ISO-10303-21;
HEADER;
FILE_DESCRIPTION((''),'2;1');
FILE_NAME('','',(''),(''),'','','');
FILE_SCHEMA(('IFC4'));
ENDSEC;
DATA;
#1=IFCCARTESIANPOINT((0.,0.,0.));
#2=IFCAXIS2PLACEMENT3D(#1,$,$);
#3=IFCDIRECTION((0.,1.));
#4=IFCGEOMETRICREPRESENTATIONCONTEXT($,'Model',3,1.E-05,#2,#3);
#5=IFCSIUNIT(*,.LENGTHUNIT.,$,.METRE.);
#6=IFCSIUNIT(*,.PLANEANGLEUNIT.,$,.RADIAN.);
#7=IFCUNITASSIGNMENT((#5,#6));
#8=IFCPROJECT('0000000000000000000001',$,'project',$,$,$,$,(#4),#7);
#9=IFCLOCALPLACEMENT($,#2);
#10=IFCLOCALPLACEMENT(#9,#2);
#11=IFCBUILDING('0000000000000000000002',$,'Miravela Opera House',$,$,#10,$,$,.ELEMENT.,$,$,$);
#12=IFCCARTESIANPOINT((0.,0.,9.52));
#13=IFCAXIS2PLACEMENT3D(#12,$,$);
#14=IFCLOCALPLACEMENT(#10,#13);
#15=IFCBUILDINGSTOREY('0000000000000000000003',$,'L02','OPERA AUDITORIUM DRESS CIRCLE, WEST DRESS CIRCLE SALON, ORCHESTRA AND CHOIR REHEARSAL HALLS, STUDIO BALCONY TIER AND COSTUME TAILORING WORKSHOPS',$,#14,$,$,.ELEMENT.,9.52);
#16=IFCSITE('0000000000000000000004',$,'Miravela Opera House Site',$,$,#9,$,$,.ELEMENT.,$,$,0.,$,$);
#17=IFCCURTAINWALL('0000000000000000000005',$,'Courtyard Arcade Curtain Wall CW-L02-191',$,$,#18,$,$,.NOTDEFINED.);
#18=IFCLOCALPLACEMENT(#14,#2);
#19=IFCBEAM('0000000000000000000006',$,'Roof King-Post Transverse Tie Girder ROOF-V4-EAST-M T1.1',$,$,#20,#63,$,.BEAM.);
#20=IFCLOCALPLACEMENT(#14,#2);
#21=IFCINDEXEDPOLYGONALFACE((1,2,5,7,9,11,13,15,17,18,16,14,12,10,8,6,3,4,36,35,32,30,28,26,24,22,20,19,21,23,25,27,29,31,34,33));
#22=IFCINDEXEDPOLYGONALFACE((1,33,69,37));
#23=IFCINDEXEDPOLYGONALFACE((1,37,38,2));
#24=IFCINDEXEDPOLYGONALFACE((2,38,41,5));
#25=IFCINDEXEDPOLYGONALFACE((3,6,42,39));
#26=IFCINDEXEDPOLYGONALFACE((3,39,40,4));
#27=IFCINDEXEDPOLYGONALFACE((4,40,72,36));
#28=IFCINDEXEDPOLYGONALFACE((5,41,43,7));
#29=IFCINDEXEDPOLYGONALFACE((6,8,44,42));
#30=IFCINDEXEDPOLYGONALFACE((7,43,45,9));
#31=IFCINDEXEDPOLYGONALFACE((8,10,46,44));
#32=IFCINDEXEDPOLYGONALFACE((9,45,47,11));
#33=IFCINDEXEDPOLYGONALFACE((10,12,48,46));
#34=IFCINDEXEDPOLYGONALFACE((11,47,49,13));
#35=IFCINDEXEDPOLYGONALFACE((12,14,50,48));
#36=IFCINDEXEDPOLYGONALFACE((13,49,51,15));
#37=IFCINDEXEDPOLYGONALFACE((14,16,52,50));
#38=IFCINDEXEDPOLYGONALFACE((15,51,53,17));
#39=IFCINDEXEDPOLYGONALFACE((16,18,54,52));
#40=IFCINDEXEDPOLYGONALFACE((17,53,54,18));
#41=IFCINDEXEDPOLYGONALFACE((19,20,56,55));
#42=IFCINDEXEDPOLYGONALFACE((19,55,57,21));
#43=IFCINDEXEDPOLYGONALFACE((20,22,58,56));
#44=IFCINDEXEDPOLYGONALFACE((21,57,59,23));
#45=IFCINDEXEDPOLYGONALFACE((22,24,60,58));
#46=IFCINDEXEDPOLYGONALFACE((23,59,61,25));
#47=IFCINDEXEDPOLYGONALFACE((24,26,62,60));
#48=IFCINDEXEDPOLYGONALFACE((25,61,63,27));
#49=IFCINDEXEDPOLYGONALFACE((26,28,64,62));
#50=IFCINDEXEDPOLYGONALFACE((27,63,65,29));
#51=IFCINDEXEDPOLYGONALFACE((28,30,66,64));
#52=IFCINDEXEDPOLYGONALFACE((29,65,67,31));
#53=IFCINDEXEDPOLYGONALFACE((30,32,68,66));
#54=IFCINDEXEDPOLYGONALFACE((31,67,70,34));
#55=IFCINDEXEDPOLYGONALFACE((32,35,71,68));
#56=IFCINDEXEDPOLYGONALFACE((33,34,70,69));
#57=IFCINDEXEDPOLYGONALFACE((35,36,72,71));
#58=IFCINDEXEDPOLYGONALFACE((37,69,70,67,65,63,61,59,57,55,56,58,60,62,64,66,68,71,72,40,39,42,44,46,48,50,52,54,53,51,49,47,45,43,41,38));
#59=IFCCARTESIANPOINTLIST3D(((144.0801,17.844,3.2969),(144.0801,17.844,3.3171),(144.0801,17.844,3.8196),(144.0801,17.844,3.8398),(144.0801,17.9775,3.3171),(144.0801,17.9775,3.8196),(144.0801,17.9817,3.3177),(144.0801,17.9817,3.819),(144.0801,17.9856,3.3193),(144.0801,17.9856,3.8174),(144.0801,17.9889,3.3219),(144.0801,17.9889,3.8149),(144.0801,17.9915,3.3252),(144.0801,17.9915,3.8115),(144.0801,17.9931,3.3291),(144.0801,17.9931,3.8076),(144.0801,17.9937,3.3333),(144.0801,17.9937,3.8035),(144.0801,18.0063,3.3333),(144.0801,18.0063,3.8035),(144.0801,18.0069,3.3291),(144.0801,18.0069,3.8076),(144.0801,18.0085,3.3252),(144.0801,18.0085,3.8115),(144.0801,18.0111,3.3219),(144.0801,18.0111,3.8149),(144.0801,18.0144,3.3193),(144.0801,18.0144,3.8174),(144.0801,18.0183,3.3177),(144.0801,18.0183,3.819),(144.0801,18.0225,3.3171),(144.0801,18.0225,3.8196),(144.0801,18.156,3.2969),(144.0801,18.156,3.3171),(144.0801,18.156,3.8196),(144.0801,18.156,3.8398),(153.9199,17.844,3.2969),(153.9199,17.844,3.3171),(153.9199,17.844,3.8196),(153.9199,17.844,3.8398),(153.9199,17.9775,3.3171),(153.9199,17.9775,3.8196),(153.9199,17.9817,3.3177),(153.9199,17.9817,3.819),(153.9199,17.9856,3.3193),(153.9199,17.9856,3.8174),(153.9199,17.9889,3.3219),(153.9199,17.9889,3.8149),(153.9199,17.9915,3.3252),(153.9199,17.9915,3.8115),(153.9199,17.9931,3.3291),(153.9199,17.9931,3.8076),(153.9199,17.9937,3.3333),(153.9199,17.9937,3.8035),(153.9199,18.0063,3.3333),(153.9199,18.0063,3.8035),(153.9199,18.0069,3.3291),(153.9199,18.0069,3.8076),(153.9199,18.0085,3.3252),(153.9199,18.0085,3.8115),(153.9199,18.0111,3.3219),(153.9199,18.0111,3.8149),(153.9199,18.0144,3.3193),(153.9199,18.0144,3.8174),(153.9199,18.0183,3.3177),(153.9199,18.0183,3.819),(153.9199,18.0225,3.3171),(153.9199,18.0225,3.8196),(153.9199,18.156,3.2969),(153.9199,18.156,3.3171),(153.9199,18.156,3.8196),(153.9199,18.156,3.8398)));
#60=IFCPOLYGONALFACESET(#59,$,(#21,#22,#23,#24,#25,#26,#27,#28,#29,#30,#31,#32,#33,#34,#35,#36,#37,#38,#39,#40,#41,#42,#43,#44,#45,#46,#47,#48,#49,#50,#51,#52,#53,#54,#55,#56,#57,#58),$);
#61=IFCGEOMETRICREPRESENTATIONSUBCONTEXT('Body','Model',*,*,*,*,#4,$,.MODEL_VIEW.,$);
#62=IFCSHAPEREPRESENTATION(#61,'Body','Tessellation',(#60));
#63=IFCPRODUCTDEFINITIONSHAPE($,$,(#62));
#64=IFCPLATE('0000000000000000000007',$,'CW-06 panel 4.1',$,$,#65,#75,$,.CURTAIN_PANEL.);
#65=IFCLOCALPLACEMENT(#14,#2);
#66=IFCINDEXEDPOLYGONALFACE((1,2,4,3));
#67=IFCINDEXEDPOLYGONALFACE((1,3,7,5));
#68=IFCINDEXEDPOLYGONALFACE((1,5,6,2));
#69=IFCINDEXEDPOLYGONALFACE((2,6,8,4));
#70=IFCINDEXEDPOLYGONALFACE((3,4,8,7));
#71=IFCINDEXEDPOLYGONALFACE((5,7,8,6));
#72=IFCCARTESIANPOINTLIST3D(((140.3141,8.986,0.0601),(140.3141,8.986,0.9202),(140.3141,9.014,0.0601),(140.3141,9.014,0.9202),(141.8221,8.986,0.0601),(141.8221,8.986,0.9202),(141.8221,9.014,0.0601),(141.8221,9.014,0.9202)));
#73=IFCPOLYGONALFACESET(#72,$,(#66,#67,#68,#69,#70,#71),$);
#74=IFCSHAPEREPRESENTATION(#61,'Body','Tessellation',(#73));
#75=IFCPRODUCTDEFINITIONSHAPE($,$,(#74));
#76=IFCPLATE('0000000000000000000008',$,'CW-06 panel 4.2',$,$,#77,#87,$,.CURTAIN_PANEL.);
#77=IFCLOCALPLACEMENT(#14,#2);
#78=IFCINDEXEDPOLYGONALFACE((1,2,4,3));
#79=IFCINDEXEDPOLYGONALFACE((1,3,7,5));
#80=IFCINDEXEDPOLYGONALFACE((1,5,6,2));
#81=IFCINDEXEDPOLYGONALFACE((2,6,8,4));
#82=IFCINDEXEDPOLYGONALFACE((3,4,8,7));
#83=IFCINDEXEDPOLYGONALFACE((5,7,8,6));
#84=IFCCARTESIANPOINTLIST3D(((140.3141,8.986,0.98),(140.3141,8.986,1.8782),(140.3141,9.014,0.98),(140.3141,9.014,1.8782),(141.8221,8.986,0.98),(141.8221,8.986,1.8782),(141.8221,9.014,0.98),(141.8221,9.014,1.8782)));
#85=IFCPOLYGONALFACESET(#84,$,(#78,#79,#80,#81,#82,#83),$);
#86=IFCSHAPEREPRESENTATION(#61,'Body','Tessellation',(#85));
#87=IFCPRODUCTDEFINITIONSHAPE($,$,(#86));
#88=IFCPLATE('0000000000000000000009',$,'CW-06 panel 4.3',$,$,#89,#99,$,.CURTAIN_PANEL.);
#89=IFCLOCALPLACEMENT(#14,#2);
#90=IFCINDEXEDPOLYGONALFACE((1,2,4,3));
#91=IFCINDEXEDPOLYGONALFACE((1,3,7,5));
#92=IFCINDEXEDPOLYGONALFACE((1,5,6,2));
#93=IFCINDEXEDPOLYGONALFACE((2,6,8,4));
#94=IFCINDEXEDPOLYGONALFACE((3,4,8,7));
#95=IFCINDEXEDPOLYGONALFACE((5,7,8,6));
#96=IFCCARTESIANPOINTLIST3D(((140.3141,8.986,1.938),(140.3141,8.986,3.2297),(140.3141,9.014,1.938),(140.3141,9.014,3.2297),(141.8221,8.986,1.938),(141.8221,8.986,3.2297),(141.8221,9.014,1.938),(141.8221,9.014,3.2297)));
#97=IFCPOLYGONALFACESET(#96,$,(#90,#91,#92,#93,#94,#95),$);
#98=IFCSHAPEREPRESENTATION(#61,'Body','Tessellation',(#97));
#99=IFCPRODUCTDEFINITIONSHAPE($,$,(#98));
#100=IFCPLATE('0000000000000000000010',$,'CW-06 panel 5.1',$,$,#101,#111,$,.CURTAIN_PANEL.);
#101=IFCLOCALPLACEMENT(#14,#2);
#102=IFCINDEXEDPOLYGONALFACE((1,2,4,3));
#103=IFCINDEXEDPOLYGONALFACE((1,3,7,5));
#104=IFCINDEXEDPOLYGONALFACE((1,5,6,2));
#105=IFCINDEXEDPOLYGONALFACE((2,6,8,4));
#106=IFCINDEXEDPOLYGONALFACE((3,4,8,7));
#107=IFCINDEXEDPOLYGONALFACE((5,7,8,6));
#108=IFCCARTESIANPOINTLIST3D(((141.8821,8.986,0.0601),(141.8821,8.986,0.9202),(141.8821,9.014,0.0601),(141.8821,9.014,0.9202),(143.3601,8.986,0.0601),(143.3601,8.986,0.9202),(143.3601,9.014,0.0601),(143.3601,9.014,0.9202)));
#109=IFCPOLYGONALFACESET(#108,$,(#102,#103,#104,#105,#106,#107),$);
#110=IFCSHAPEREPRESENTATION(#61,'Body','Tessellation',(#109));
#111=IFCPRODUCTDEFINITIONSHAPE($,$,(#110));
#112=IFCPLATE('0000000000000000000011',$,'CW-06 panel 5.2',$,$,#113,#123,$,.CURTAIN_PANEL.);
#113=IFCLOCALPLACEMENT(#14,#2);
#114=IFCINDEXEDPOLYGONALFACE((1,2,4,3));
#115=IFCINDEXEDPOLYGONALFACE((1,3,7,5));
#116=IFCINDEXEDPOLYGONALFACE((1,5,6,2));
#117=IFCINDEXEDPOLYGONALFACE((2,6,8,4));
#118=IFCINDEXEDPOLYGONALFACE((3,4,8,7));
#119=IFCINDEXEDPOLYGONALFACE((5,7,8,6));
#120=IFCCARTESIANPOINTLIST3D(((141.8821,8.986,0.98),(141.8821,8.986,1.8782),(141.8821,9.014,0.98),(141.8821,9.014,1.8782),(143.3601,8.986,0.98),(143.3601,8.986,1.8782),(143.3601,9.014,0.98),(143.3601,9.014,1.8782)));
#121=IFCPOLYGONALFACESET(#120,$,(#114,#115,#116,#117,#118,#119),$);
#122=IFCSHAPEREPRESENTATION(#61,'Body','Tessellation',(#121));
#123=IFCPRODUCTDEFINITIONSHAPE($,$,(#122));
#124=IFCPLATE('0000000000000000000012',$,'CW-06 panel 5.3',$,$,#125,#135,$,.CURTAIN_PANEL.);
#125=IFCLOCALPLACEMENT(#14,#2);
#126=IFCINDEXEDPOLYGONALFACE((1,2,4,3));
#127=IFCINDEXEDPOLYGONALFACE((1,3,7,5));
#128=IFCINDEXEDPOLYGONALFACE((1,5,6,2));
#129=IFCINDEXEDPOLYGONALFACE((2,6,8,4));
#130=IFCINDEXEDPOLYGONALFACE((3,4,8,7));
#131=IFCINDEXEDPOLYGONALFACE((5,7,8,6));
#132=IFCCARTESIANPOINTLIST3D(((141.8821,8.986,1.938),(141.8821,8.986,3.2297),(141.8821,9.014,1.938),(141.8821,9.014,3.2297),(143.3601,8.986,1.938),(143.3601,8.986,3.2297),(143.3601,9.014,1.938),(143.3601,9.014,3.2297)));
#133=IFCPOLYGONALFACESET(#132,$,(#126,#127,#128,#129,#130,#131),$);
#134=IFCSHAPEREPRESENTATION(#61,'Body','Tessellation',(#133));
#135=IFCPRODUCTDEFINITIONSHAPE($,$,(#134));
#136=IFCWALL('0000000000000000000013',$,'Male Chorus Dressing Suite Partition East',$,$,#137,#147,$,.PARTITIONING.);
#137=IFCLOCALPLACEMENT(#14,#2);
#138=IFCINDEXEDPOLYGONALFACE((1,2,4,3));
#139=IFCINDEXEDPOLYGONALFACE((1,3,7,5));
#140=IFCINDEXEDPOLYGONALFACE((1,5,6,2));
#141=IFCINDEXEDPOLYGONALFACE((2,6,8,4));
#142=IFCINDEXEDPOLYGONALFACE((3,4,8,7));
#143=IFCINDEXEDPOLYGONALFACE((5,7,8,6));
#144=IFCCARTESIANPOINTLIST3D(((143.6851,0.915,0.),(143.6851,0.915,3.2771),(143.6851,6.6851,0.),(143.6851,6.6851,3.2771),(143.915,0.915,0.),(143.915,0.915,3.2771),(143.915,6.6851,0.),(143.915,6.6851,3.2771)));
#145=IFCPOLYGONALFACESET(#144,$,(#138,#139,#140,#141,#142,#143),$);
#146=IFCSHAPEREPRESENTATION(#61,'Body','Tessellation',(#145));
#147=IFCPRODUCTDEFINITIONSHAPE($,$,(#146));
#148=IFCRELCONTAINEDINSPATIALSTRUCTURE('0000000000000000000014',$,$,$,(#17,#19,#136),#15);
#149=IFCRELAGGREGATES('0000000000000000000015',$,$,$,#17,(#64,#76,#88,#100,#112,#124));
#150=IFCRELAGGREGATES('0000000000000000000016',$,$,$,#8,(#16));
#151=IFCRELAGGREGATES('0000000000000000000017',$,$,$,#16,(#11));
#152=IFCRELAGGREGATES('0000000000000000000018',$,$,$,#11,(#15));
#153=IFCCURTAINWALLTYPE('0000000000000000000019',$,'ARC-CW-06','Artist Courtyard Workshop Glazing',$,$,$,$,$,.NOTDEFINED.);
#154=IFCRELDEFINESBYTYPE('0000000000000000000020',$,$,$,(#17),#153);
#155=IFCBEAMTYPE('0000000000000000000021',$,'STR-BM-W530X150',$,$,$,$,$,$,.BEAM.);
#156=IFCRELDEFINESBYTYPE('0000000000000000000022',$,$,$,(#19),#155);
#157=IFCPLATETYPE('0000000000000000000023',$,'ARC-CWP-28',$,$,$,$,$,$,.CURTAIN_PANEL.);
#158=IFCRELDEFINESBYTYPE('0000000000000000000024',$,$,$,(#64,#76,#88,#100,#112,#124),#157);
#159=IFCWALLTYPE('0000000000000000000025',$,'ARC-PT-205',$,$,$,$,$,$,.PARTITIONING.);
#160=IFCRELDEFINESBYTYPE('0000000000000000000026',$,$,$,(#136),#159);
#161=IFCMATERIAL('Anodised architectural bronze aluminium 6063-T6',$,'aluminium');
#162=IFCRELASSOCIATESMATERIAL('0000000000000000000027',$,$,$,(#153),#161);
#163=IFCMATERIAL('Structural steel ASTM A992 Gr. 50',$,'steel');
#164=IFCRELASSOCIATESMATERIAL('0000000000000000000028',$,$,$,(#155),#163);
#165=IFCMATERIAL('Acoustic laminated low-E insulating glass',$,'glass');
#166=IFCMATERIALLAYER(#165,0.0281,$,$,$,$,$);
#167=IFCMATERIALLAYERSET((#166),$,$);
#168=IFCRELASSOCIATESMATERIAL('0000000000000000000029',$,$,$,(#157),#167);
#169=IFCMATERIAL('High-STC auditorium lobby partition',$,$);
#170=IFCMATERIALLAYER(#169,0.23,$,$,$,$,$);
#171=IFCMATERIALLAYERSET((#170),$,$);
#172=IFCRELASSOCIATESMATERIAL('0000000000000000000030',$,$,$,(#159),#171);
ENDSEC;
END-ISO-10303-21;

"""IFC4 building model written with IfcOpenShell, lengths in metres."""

from ifc_helpers import new_model, si_unit, direction, frame, frame_2d, origin, origin_2d, place, context, subcontext, project, spatial, rectangle, i_section, extrude, material, layer, layer_set, material_profile, profile_set, type_object, element, aggregate, save


model = new_model("IFC4")

# Units and contexts
model_context = context("Model", 3, precision=1e-05, world=origin(), true_north=direction((0.0, 1.0)))
body_context = subcontext(model_context, "Body", "Model", "MODEL_VIEW")
ifc_project = project(units=[si_unit("LENGTHUNIT", "METRE"), si_unit("PLANEANGLEUNIT", "RADIAN")], contexts=[model_context])

# Site, building, storey
site_placement = place(None, origin())
site = spatial("IfcSite", under=ifc_project, at=site_placement, Name="Miravela Opera House Site", CompositionType="ELEMENT", RefElevation=0.0)
building_placement = place(site_placement, origin())
building = spatial("IfcBuilding", under=site, at=building_placement, Name="Miravela Opera House", CompositionType="ELEMENT")
storey_placement = place(building_placement, frame((0.0, 0.0, 9.52)))
storey = spatial("IfcBuildingStorey", under=building, at=storey_placement, Name="L02", Description="OPERA AUDITORIUM DRESS CIRCLE, WEST DRESS CIRCLE SALON, ORCHESTRA AND CHOIR REHEARSAL HALLS, STUDIO BALCONY TIER AND COSTUME TAILORING WORKSHOPS", CompositionType="ELEMENT", Elevation=9.52)

# Curtain wall
ifc_material_1 = material(Name="Anodised architectural bronze aluminium 6063-T6", Category="aluminium")
curtain_wall_type = type_object("IfcCurtainWallType", Name="ARC-CW-06", Description="Artist Courtyard Workshop Glazing", PredefinedType="NOTDEFINED", material=ifc_material_1)
curtain_wall_placement = place(storey_placement, origin())
curtain_wall = element("IfcCurtainWall", 1, at=curtain_wall_placement, inside=storey, type_object=curtain_wall_type, Name="Courtyard Arcade Curtain Wall CW-L02-191", PredefinedType="NOTDEFINED")

# Beam
ifc_material_2 = material(Name="Structural steel ASTM A992 Gr. 50", Category="steel")
ifc_material_profile_1 = material_profile(ifc_material_2, i_section(OverallWidth=0.312, OverallDepth=0.543, WebThickness=0.0127, FlangeThickness=0.0203, FilletRadius=0.0161, at=origin_2d()), Name="W530X150")
ifc_profile_set_1 = profile_set([ifc_material_profile_1])
beam_type = type_object("IfcBeamType", Name="STR-BM-W530X150", PredefinedType="BEAM", material=ifc_profile_set_1)
for number, where, z_axis, x_axis, name in (
    (2, (144.0801, 18.0, 3.5684), (1.0, 0.0, 0.0), (0.0, 1.0, 0.0), "Roof King-Post Transverse Tie Girder ROOF-V4-EAST-M T1.1"),
):
    element("IfcBeam", number, at=place(storey_placement, frame(where, z_axis=z_axis, x_axis=x_axis)), inside=storey, type_object=beam_type, Name=name, PredefinedType="BEAM", context=body_context, shape_type="SweptSolid", body=[
        extrude(i_section(OverallWidth=0.312, OverallDepth=0.543, WebThickness=0.0127, FlangeThickness=0.0203, FilletRadius=0.0161, at=origin_2d()), origin(), (0.0, 0.0, 1.0), 9.8398),
    ])

# Plates
ifc_material_3 = material(Name="Acoustic laminated low-E insulating glass", Category="glass")
ifc_layer_1 = layer(ifc_material_3, 0.0281)
ifc_layer_set_1 = layer_set([ifc_layer_1])
plate_type = type_object("IfcPlateType", Name="ARC-CWP-28", PredefinedType="CURTAIN_PANEL", material=ifc_layer_set_1)
plate_1_placement = place(storey_placement, frame((141.0681, 9.0, 0.0601), z_axis=(0.0, 0.0, 1.0), x_axis=(1.0, 0.0, 0.0)))
plate_1 = element("IfcPlate", 3, at=plate_1_placement, type_object=plate_type, Name="CW-06 panel 4.1", PredefinedType="CURTAIN_PANEL", context=body_context, shape_type="SweptSolid", body=[
    extrude(rectangle(XDim=1.5081, YDim=0.0281, at=origin_2d()), origin(), (0.0, 0.0, 1.0), 0.8601),
])
plate_2_placement = place(storey_placement, frame((141.0681, 9.0, 0.98), z_axis=(0.0, 0.0, 1.0), x_axis=(1.0, 0.0, 0.0)))
plate_2 = element("IfcPlate", 4, at=plate_2_placement, type_object=plate_type, Name="CW-06 panel 4.2", PredefinedType="CURTAIN_PANEL", context=body_context, shape_type="SweptSolid", body=[
    extrude(rectangle(XDim=1.5081, YDim=0.0281, at=origin_2d()), origin(), (0.0, 0.0, 1.0), 0.8982),
])
plate_3_placement = place(storey_placement, frame((141.0681, 9.0, 1.938), z_axis=(0.0, 0.0, 1.0), x_axis=(1.0, 0.0, 0.0)))
plate_3 = element("IfcPlate", 5, at=plate_3_placement, type_object=plate_type, Name="CW-06 panel 4.3", PredefinedType="CURTAIN_PANEL", context=body_context, shape_type="SweptSolid", body=[
    extrude(rectangle(XDim=1.5081, YDim=0.0281, at=origin_2d()), origin(), (0.0, 0.0, 1.0), 1.2917),
])
plate_4_placement = place(storey_placement, frame((142.6211, 9.0, 0.0601), z_axis=(0.0, 0.0, 1.0), x_axis=(1.0, 0.0, 0.0)))
plate_4 = element("IfcPlate", 6, at=plate_4_placement, type_object=plate_type, Name="CW-06 panel 5.1", PredefinedType="CURTAIN_PANEL", context=body_context, shape_type="SweptSolid", body=[
    extrude(rectangle(XDim=1.478, YDim=0.0281, at=origin_2d()), origin(), (0.0, 0.0, 1.0), 0.8601),
])
plate_5_placement = place(storey_placement, frame((142.6211, 9.0, 0.98), z_axis=(0.0, 0.0, 1.0), x_axis=(1.0, 0.0, 0.0)))
plate_5 = element("IfcPlate", 7, at=plate_5_placement, type_object=plate_type, Name="CW-06 panel 5.2", PredefinedType="CURTAIN_PANEL", context=body_context, shape_type="SweptSolid", body=[
    extrude(rectangle(XDim=1.478, YDim=0.0281, at=origin_2d()), origin(), (0.0, 0.0, 1.0), 0.8982),
])
plate_6_placement = place(storey_placement, frame((142.6211, 9.0, 1.938), z_axis=(0.0, 0.0, 1.0), x_axis=(1.0, 0.0, 0.0)))
plate_6 = element("IfcPlate", 8, at=plate_6_placement, type_object=plate_type, Name="CW-06 panel 5.3", PredefinedType="CURTAIN_PANEL", context=body_context, shape_type="SweptSolid", body=[
    extrude(rectangle(XDim=1.478, YDim=0.0281, at=origin_2d()), origin(), (0.0, 0.0, 1.0), 1.2917),
])
aggregate(curtain_wall, [plate_1, plate_2, plate_3, plate_4, plate_5, plate_6])

# Wall
ifc_material_4 = material(Name="High-STC auditorium lobby partition")
ifc_layer_2 = layer(ifc_material_4, 0.23)
ifc_layer_set_2 = layer_set([ifc_layer_2])
wall_type = type_object("IfcWallType", Name="ARC-PT-205", PredefinedType="PARTITIONING", material=ifc_layer_set_2)
wall_placement = place(storey_placement, frame((143.8, 0.915, 0.0), z_axis=(0.0, 0.0, 1.0), x_axis=(0.0, 1.0, 0.0)))
element("IfcWall", 9, at=wall_placement, inside=storey, type_object=wall_type, Name="Male Chorus Dressing Suite Partition East", PredefinedType="PARTITIONING", context=body_context, shape_type="SweptSolid", body=[
    extrude(rectangle(XDim=5.77, YDim=0.23, at=frame_2d((2.885, 0.0))), origin(), (0.0, 0.0, 1.0), 3.2771),
])

save(model, "model.ifc")
